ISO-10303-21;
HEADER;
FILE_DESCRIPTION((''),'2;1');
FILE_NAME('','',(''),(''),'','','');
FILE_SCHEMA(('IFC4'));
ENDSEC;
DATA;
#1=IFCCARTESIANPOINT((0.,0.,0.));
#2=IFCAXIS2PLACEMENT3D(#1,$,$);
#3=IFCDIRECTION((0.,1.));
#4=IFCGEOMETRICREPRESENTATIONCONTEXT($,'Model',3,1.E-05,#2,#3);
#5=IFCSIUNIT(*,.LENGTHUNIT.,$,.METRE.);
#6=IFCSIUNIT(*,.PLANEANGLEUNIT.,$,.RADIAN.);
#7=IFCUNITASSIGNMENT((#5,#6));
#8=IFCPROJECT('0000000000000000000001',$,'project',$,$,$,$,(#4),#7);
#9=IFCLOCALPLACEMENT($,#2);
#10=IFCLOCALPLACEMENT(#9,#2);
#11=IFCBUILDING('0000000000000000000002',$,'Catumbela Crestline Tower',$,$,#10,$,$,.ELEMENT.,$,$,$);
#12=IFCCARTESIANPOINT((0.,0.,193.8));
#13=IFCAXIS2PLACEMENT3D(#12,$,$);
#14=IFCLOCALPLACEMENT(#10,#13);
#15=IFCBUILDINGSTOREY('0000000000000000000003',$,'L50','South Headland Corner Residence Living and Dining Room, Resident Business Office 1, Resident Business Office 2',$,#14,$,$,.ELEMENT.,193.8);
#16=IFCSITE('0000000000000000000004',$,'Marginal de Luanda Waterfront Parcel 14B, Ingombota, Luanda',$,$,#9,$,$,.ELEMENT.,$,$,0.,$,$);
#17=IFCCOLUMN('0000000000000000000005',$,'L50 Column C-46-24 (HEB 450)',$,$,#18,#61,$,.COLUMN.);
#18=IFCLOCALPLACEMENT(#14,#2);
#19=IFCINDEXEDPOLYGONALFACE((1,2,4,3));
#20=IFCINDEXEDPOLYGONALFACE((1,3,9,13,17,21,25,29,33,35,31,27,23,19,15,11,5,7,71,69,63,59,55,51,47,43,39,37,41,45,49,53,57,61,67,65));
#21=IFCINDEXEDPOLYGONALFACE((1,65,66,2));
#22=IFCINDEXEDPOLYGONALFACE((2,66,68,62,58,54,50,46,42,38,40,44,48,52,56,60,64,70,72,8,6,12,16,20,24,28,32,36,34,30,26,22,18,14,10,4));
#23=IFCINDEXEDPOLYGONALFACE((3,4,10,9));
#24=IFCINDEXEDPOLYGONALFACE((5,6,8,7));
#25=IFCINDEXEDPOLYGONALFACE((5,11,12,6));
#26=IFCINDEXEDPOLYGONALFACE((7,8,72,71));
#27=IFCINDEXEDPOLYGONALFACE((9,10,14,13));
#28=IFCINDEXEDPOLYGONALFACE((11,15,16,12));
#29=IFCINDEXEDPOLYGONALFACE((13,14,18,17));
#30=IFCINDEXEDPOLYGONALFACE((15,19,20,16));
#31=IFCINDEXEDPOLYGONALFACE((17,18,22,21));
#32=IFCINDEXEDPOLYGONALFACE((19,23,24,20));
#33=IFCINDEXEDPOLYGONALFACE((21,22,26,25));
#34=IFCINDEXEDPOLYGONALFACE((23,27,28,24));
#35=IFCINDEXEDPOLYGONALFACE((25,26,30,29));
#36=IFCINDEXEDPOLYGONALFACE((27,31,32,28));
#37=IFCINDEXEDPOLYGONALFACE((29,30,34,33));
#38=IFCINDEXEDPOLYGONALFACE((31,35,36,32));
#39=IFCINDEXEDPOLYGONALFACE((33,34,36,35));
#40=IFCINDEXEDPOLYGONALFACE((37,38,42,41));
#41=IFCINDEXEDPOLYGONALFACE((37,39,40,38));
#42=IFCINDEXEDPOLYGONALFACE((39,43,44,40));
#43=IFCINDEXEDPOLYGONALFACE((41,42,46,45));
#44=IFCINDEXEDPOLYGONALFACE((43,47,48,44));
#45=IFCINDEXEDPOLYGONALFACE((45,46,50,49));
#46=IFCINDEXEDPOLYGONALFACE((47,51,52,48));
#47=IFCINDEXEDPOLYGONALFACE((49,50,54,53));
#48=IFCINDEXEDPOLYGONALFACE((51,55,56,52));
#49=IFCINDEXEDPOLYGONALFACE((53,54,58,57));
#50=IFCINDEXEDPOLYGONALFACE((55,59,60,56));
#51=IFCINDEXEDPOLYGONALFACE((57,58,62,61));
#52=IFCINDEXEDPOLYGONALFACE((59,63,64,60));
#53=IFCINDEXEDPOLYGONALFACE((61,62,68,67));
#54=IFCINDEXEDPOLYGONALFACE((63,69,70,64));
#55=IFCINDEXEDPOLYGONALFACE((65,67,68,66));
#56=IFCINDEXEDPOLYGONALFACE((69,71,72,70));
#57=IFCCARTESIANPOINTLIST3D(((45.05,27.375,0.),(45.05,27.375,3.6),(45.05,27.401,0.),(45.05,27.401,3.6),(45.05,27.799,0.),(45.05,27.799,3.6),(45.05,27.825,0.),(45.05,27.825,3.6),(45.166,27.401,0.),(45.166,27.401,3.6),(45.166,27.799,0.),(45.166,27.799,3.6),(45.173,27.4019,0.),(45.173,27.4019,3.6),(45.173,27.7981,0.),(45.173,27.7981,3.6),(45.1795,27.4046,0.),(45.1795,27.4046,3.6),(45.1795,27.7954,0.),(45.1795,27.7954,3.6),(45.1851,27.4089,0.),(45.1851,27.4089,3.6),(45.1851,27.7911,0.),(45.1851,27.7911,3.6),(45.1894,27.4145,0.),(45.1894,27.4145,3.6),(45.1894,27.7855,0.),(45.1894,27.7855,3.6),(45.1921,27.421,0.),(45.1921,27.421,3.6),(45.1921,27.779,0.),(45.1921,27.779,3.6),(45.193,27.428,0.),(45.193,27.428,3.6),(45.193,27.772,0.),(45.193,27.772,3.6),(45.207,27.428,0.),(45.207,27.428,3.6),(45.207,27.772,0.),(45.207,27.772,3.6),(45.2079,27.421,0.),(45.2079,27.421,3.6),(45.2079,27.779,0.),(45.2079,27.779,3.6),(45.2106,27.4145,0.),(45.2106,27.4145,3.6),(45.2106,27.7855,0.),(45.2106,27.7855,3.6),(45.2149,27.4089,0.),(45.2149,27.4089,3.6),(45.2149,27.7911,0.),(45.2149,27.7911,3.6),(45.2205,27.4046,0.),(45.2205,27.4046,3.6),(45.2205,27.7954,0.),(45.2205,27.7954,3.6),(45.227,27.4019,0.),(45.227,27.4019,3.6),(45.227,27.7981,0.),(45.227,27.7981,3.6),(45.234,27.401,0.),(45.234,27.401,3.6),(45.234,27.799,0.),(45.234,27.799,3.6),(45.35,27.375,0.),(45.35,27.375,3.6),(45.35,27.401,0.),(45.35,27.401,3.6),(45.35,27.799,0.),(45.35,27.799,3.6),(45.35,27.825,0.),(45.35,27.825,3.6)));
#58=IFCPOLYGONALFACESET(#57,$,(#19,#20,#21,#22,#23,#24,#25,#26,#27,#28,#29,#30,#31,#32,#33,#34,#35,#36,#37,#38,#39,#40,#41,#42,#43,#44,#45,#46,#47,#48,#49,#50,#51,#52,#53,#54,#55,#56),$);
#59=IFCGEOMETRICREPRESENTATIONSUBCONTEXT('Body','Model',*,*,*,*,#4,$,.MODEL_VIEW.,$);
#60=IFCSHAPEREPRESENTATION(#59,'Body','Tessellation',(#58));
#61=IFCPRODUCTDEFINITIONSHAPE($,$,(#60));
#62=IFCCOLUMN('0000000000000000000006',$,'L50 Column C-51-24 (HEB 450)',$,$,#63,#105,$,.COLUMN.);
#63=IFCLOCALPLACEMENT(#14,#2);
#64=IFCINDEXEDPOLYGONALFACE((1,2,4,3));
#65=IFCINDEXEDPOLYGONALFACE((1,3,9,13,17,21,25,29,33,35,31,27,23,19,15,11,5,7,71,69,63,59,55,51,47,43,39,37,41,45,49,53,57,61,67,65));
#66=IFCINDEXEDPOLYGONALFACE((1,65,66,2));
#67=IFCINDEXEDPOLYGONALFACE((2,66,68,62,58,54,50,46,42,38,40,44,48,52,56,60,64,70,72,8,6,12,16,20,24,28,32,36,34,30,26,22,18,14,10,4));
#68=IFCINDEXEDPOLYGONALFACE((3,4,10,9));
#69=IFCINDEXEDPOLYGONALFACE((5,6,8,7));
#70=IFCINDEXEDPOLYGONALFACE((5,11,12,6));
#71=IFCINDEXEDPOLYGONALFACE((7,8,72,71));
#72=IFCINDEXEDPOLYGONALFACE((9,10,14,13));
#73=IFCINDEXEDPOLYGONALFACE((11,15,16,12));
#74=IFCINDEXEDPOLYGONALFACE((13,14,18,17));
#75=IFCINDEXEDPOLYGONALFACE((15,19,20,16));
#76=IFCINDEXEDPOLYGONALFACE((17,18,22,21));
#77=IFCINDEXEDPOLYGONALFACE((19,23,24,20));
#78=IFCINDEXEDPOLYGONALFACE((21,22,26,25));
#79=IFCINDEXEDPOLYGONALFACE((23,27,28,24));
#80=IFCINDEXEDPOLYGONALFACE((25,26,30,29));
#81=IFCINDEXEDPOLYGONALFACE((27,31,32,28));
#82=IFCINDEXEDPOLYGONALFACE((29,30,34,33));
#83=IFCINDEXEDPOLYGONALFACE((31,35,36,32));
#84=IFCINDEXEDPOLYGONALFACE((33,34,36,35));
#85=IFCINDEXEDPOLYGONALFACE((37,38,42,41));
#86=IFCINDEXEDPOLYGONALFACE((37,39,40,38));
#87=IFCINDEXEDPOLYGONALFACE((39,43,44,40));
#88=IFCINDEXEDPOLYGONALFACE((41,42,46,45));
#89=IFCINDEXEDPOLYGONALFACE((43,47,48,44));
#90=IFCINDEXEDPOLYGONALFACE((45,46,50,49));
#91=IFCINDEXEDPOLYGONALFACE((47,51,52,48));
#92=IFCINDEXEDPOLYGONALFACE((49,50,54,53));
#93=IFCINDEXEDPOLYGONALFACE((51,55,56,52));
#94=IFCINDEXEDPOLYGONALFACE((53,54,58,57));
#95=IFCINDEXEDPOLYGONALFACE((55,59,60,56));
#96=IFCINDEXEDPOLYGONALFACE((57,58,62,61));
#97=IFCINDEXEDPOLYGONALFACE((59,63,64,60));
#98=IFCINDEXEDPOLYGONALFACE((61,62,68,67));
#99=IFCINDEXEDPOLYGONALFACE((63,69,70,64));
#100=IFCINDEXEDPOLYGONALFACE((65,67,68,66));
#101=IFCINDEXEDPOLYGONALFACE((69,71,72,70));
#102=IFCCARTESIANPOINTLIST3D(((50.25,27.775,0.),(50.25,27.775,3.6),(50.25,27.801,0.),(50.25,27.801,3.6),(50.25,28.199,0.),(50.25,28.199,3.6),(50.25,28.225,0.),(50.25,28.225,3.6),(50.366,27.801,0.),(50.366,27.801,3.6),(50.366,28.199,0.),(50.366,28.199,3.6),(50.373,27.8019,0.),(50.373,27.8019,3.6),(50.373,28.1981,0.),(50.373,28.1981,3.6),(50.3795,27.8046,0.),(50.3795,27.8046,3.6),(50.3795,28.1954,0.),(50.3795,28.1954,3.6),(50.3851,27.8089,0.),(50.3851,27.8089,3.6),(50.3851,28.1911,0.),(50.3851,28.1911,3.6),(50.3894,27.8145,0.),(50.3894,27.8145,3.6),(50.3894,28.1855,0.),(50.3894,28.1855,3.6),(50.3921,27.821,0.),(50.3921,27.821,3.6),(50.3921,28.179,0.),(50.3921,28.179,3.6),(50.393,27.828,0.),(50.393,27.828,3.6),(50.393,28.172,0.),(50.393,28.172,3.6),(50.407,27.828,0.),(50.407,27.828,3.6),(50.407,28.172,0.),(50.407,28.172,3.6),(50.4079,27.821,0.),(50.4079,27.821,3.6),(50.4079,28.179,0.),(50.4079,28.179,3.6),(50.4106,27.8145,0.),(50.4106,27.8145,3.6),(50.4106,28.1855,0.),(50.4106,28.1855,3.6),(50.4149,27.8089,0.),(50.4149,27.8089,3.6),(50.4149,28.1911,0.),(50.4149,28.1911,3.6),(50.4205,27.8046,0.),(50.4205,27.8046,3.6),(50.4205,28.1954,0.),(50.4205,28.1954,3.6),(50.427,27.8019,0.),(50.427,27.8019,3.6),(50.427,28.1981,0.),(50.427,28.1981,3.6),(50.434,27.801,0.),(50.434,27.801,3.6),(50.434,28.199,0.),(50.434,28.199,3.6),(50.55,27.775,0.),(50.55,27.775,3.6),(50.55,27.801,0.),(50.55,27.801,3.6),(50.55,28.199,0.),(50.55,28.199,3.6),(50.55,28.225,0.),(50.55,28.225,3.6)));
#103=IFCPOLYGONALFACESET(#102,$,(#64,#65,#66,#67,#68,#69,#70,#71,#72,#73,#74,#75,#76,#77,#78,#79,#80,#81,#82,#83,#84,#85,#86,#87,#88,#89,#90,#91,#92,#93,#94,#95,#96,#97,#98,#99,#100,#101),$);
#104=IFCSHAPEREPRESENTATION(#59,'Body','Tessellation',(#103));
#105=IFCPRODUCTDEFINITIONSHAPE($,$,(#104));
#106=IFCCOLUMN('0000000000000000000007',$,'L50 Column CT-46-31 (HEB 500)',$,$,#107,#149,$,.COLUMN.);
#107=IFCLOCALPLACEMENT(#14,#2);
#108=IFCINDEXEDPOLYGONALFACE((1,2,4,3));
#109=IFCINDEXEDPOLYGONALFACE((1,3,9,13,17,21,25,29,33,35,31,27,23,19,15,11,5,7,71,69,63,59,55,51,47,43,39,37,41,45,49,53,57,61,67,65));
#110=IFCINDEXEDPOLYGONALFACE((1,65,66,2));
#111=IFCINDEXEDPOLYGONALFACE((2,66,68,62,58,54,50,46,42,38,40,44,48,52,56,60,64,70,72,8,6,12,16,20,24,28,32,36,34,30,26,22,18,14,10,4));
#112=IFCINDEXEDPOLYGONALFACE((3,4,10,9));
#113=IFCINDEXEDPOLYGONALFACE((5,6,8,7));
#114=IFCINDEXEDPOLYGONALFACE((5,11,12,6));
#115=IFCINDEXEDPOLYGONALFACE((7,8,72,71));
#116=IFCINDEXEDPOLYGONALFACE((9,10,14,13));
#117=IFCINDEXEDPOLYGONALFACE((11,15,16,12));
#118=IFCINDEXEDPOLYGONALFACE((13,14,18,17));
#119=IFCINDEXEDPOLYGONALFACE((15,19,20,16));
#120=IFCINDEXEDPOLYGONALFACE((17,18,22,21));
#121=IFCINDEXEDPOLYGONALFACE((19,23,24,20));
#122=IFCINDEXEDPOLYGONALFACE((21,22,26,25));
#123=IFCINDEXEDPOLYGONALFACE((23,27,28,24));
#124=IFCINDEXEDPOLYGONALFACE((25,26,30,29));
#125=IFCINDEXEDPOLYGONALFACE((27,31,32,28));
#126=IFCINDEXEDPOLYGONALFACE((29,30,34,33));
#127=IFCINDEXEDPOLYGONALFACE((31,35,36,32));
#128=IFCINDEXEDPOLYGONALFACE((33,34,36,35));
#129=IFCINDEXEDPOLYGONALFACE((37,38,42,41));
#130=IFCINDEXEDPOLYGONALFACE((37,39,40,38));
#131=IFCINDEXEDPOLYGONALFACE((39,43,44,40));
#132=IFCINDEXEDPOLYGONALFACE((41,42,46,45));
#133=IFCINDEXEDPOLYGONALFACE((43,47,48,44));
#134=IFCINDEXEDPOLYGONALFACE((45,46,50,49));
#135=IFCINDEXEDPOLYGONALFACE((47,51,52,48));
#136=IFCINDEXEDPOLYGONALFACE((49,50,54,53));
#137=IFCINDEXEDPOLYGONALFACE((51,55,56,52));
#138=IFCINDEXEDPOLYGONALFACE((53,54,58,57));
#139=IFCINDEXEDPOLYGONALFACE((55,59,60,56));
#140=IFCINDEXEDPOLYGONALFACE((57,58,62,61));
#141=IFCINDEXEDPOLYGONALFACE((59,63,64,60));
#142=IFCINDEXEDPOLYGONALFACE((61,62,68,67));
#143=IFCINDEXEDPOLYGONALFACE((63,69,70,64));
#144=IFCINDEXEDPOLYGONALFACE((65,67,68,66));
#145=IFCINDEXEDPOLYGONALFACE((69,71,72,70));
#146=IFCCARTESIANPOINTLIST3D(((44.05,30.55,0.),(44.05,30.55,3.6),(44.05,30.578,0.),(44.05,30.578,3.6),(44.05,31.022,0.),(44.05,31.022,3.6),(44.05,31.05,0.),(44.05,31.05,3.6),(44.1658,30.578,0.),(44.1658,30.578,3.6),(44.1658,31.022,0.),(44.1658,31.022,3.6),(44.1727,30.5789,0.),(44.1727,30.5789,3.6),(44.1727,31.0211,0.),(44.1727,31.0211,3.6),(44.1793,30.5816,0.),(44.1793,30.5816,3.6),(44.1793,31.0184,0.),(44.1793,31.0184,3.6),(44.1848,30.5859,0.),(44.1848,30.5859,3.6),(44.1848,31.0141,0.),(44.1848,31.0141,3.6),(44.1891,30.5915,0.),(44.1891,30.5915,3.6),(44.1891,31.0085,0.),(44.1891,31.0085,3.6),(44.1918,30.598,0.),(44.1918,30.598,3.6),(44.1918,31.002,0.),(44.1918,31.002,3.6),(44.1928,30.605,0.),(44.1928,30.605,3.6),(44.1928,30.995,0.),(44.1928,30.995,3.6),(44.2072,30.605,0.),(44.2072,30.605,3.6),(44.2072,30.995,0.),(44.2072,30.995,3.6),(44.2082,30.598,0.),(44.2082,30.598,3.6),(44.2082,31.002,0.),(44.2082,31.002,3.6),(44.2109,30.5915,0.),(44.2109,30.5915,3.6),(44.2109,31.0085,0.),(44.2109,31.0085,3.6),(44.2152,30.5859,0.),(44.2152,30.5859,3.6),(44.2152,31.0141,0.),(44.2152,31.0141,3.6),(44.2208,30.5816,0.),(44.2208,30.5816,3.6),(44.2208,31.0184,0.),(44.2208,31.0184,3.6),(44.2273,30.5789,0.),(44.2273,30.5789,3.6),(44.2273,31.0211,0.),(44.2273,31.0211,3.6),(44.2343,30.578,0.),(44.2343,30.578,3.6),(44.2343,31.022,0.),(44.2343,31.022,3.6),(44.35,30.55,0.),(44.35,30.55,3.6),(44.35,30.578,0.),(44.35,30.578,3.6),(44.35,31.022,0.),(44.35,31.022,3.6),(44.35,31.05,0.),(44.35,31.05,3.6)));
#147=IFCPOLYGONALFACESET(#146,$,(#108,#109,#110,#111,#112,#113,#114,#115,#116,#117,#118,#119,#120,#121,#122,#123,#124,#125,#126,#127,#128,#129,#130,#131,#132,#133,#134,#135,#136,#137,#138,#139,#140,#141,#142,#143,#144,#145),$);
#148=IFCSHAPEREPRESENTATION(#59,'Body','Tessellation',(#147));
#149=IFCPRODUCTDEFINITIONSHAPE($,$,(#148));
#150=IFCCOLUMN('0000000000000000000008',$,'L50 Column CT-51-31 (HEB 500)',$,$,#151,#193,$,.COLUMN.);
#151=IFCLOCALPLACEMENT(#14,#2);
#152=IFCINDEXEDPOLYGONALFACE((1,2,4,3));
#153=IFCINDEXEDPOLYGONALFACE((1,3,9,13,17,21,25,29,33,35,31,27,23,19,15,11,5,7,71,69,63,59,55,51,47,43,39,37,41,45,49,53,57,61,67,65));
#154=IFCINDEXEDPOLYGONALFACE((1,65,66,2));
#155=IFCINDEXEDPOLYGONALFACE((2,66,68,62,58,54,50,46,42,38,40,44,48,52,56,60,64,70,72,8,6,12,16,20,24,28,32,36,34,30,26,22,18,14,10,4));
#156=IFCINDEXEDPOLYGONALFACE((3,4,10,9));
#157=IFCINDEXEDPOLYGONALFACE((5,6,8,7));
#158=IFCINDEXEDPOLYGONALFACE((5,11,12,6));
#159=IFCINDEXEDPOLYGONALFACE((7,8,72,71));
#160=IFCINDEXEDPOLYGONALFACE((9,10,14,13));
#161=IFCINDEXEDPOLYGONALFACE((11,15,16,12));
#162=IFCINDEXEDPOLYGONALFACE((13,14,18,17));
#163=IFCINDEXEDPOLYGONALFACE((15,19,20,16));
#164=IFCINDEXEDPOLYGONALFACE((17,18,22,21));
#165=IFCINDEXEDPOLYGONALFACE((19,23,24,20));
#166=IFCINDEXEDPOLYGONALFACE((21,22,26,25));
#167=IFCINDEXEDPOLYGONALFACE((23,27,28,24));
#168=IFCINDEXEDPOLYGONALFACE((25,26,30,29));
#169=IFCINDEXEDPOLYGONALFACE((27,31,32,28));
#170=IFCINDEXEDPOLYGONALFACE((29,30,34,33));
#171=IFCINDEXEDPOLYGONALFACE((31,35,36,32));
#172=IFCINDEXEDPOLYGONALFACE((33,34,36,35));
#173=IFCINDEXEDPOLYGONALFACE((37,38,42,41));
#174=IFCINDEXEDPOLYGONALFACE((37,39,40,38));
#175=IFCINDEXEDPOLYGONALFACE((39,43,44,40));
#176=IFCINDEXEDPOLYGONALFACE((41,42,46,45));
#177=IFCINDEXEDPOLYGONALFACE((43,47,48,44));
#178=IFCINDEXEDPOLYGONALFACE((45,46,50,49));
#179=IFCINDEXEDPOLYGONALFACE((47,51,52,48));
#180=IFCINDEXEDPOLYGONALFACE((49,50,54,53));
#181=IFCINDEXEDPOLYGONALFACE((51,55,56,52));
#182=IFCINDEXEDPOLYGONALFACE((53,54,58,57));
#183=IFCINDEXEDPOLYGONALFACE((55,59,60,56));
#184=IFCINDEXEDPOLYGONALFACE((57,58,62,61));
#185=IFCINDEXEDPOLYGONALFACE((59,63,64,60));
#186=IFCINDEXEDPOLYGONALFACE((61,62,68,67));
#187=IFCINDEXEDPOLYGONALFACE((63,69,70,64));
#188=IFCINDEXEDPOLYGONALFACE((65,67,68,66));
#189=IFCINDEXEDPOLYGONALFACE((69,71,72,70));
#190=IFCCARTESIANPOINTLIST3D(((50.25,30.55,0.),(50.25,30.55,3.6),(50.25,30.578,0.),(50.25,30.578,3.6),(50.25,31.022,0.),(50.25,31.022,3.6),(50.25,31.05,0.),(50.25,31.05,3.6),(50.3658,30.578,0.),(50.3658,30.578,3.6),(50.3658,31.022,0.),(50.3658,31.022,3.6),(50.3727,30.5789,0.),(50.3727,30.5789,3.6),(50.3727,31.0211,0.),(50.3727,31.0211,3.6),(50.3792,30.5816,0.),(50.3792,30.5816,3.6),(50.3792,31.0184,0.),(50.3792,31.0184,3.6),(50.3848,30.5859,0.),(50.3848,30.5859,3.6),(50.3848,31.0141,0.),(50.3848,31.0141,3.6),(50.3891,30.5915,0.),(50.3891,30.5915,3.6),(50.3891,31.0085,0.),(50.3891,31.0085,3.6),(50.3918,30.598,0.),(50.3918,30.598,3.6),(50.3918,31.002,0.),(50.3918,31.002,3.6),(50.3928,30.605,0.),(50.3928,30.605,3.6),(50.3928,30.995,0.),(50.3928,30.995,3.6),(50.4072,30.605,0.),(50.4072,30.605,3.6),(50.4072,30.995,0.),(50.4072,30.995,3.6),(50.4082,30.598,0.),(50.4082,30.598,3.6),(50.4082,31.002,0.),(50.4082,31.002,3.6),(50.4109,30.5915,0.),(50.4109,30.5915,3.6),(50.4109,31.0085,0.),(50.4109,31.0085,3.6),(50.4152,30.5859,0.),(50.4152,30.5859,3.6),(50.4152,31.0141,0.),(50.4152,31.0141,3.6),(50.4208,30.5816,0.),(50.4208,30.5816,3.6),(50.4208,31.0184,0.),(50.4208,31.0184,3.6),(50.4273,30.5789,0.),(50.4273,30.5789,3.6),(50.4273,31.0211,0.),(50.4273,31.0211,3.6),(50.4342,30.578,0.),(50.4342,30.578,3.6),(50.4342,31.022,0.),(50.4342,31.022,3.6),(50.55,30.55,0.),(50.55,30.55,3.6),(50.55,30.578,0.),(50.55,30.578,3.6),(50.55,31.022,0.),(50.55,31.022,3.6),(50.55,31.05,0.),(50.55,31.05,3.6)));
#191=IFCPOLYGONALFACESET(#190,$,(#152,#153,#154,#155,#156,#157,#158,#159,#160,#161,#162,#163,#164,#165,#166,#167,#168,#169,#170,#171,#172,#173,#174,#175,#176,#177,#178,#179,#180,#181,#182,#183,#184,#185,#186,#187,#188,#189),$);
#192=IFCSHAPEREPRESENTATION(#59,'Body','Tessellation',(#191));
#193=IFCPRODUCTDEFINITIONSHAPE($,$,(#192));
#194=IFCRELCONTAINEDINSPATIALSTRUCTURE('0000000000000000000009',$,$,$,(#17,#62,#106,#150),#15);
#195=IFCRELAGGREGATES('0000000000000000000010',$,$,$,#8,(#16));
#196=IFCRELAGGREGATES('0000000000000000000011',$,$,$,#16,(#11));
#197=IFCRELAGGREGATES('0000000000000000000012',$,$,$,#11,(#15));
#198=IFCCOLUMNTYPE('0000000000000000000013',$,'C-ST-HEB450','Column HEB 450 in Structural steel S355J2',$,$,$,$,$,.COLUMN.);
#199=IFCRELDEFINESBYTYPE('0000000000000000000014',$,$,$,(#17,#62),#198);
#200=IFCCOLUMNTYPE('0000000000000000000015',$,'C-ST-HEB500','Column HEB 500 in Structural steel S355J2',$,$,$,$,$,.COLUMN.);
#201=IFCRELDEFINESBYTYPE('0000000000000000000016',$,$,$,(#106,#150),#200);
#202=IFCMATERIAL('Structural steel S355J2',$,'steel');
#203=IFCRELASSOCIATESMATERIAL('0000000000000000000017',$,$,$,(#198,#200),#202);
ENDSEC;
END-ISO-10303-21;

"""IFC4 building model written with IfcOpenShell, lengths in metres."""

from ifc_helpers import new_model, si_unit, direction, frame, origin, origin_2d, place, context, subcontext, project, spatial, i_section, extrude, material, material_profile, profile_set, type_object, element, save


model = new_model("IFC4")

# Units and contexts
model_context = context("Model", 3, precision=1e-05, world=origin(), true_north=direction((0.0, 1.0)))
body_context = subcontext(model_context, "Body", "Model", "MODEL_VIEW")
ifc_project = project(units=[si_unit("LENGTHUNIT", "METRE"), si_unit("PLANEANGLEUNIT", "RADIAN")], contexts=[model_context])

# Site, building, storey
site_placement = place(None, origin())
site = spatial("IfcSite", under=ifc_project, at=site_placement, Name="Marginal de Luanda Waterfront Parcel 14B, Ingombota, Luanda", CompositionType="ELEMENT", RefElevation=0.0)
building_placement = place(site_placement, origin())
building = spatial("IfcBuilding", under=site, at=building_placement, Name="Catumbela Crestline Tower", CompositionType="ELEMENT")
storey_placement = place(building_placement, frame((0.0, 0.0, 193.8)))
storey = spatial("IfcBuildingStorey", under=building, at=storey_placement, Name="L50", Description="South Headland Corner Residence Living and Dining Room, Resident Business Office 1, Resident Business Office 2", CompositionType="ELEMENT", Elevation=193.8)

# Columns
ifc_material_1 = material(Name="Structural steel S355J2", Category="steel")
ifc_material_profile_1 = material_profile(ifc_material_1, i_section(OverallWidth=0.3, OverallDepth=0.45, WebThickness=0.014, FlangeThickness=0.026, FilletRadius=0.027, at=origin_2d()), Name="HEB 450")
ifc_profile_set_1 = profile_set([ifc_material_profile_1], Name="Structural steel S355J2")
column_type_1 = type_object("IfcColumnType", Name="C-ST-HEB450", Description="Column HEB 450 in Structural steel S355J2", PredefinedType="COLUMN", material=ifc_profile_set_1)
for number, where, z_axis, x_axis, name in (
    (1, (45.2, 27.6, 0.0), (0.0, 0.0, 1.0), (1.0, 0.0, 0.0), "L50 Column C-46-24 (HEB 450)"),
    (2, (50.4, 28.0, 0.0), (0.0, 0.0, 1.0), (1.0, 0.0, 0.0), "L50 Column C-51-24 (HEB 450)"),
):
    element("IfcColumn", number, at=place(storey_placement, frame(where, z_axis=z_axis, x_axis=x_axis)), inside=storey, type_object=column_type_1, Name=name, PredefinedType="COLUMN", context=body_context, shape_type="SweptSolid", body=[
        extrude(i_section(OverallWidth=0.3, OverallDepth=0.45, WebThickness=0.014, FlangeThickness=0.026, FilletRadius=0.027, at=origin_2d()), origin(), (0.0, 0.0, 1.0), 3.6),
    ])
ifc_material_profile_2 = material_profile(ifc_material_1, i_section(OverallWidth=0.3, OverallDepth=0.5, WebThickness=0.0145, FlangeThickness=0.028, FilletRadius=0.027, at=origin_2d()), Name="HEB 500")
ifc_profile_set_2 = profile_set([ifc_material_profile_2], Name="Structural steel S355J2")
column_type_2 = type_object("IfcColumnType", Name="C-ST-HEB500", Description="Column HEB 500 in Structural steel S355J2", PredefinedType="COLUMN", material=ifc_profile_set_2)
for number, where, z_axis, x_axis, name in (
    (3, (44.2, 30.8, 0.0), (0.0, 0.0, 1.0), (1.0, 0.0, 0.0), "L50 Column CT-46-31 (HEB 500)"),
    (4, (50.4, 30.8, 0.0), (0.0, 0.0, 1.0), (1.0, 0.0, 0.0), "L50 Column CT-51-31 (HEB 500)"),
):
    element("IfcColumn", number, at=place(storey_placement, frame(where, z_axis=z_axis, x_axis=x_axis)), inside=storey, type_object=column_type_2, Name=name, PredefinedType="COLUMN", context=body_context, shape_type="SweptSolid", body=[
        extrude(i_section(OverallWidth=0.3, OverallDepth=0.5, WebThickness=0.0145, FlangeThickness=0.028, FilletRadius=0.027, at=origin_2d()), origin(), (0.0, 0.0, 1.0), 3.6),
    ])

save(model, "model.ifc")
